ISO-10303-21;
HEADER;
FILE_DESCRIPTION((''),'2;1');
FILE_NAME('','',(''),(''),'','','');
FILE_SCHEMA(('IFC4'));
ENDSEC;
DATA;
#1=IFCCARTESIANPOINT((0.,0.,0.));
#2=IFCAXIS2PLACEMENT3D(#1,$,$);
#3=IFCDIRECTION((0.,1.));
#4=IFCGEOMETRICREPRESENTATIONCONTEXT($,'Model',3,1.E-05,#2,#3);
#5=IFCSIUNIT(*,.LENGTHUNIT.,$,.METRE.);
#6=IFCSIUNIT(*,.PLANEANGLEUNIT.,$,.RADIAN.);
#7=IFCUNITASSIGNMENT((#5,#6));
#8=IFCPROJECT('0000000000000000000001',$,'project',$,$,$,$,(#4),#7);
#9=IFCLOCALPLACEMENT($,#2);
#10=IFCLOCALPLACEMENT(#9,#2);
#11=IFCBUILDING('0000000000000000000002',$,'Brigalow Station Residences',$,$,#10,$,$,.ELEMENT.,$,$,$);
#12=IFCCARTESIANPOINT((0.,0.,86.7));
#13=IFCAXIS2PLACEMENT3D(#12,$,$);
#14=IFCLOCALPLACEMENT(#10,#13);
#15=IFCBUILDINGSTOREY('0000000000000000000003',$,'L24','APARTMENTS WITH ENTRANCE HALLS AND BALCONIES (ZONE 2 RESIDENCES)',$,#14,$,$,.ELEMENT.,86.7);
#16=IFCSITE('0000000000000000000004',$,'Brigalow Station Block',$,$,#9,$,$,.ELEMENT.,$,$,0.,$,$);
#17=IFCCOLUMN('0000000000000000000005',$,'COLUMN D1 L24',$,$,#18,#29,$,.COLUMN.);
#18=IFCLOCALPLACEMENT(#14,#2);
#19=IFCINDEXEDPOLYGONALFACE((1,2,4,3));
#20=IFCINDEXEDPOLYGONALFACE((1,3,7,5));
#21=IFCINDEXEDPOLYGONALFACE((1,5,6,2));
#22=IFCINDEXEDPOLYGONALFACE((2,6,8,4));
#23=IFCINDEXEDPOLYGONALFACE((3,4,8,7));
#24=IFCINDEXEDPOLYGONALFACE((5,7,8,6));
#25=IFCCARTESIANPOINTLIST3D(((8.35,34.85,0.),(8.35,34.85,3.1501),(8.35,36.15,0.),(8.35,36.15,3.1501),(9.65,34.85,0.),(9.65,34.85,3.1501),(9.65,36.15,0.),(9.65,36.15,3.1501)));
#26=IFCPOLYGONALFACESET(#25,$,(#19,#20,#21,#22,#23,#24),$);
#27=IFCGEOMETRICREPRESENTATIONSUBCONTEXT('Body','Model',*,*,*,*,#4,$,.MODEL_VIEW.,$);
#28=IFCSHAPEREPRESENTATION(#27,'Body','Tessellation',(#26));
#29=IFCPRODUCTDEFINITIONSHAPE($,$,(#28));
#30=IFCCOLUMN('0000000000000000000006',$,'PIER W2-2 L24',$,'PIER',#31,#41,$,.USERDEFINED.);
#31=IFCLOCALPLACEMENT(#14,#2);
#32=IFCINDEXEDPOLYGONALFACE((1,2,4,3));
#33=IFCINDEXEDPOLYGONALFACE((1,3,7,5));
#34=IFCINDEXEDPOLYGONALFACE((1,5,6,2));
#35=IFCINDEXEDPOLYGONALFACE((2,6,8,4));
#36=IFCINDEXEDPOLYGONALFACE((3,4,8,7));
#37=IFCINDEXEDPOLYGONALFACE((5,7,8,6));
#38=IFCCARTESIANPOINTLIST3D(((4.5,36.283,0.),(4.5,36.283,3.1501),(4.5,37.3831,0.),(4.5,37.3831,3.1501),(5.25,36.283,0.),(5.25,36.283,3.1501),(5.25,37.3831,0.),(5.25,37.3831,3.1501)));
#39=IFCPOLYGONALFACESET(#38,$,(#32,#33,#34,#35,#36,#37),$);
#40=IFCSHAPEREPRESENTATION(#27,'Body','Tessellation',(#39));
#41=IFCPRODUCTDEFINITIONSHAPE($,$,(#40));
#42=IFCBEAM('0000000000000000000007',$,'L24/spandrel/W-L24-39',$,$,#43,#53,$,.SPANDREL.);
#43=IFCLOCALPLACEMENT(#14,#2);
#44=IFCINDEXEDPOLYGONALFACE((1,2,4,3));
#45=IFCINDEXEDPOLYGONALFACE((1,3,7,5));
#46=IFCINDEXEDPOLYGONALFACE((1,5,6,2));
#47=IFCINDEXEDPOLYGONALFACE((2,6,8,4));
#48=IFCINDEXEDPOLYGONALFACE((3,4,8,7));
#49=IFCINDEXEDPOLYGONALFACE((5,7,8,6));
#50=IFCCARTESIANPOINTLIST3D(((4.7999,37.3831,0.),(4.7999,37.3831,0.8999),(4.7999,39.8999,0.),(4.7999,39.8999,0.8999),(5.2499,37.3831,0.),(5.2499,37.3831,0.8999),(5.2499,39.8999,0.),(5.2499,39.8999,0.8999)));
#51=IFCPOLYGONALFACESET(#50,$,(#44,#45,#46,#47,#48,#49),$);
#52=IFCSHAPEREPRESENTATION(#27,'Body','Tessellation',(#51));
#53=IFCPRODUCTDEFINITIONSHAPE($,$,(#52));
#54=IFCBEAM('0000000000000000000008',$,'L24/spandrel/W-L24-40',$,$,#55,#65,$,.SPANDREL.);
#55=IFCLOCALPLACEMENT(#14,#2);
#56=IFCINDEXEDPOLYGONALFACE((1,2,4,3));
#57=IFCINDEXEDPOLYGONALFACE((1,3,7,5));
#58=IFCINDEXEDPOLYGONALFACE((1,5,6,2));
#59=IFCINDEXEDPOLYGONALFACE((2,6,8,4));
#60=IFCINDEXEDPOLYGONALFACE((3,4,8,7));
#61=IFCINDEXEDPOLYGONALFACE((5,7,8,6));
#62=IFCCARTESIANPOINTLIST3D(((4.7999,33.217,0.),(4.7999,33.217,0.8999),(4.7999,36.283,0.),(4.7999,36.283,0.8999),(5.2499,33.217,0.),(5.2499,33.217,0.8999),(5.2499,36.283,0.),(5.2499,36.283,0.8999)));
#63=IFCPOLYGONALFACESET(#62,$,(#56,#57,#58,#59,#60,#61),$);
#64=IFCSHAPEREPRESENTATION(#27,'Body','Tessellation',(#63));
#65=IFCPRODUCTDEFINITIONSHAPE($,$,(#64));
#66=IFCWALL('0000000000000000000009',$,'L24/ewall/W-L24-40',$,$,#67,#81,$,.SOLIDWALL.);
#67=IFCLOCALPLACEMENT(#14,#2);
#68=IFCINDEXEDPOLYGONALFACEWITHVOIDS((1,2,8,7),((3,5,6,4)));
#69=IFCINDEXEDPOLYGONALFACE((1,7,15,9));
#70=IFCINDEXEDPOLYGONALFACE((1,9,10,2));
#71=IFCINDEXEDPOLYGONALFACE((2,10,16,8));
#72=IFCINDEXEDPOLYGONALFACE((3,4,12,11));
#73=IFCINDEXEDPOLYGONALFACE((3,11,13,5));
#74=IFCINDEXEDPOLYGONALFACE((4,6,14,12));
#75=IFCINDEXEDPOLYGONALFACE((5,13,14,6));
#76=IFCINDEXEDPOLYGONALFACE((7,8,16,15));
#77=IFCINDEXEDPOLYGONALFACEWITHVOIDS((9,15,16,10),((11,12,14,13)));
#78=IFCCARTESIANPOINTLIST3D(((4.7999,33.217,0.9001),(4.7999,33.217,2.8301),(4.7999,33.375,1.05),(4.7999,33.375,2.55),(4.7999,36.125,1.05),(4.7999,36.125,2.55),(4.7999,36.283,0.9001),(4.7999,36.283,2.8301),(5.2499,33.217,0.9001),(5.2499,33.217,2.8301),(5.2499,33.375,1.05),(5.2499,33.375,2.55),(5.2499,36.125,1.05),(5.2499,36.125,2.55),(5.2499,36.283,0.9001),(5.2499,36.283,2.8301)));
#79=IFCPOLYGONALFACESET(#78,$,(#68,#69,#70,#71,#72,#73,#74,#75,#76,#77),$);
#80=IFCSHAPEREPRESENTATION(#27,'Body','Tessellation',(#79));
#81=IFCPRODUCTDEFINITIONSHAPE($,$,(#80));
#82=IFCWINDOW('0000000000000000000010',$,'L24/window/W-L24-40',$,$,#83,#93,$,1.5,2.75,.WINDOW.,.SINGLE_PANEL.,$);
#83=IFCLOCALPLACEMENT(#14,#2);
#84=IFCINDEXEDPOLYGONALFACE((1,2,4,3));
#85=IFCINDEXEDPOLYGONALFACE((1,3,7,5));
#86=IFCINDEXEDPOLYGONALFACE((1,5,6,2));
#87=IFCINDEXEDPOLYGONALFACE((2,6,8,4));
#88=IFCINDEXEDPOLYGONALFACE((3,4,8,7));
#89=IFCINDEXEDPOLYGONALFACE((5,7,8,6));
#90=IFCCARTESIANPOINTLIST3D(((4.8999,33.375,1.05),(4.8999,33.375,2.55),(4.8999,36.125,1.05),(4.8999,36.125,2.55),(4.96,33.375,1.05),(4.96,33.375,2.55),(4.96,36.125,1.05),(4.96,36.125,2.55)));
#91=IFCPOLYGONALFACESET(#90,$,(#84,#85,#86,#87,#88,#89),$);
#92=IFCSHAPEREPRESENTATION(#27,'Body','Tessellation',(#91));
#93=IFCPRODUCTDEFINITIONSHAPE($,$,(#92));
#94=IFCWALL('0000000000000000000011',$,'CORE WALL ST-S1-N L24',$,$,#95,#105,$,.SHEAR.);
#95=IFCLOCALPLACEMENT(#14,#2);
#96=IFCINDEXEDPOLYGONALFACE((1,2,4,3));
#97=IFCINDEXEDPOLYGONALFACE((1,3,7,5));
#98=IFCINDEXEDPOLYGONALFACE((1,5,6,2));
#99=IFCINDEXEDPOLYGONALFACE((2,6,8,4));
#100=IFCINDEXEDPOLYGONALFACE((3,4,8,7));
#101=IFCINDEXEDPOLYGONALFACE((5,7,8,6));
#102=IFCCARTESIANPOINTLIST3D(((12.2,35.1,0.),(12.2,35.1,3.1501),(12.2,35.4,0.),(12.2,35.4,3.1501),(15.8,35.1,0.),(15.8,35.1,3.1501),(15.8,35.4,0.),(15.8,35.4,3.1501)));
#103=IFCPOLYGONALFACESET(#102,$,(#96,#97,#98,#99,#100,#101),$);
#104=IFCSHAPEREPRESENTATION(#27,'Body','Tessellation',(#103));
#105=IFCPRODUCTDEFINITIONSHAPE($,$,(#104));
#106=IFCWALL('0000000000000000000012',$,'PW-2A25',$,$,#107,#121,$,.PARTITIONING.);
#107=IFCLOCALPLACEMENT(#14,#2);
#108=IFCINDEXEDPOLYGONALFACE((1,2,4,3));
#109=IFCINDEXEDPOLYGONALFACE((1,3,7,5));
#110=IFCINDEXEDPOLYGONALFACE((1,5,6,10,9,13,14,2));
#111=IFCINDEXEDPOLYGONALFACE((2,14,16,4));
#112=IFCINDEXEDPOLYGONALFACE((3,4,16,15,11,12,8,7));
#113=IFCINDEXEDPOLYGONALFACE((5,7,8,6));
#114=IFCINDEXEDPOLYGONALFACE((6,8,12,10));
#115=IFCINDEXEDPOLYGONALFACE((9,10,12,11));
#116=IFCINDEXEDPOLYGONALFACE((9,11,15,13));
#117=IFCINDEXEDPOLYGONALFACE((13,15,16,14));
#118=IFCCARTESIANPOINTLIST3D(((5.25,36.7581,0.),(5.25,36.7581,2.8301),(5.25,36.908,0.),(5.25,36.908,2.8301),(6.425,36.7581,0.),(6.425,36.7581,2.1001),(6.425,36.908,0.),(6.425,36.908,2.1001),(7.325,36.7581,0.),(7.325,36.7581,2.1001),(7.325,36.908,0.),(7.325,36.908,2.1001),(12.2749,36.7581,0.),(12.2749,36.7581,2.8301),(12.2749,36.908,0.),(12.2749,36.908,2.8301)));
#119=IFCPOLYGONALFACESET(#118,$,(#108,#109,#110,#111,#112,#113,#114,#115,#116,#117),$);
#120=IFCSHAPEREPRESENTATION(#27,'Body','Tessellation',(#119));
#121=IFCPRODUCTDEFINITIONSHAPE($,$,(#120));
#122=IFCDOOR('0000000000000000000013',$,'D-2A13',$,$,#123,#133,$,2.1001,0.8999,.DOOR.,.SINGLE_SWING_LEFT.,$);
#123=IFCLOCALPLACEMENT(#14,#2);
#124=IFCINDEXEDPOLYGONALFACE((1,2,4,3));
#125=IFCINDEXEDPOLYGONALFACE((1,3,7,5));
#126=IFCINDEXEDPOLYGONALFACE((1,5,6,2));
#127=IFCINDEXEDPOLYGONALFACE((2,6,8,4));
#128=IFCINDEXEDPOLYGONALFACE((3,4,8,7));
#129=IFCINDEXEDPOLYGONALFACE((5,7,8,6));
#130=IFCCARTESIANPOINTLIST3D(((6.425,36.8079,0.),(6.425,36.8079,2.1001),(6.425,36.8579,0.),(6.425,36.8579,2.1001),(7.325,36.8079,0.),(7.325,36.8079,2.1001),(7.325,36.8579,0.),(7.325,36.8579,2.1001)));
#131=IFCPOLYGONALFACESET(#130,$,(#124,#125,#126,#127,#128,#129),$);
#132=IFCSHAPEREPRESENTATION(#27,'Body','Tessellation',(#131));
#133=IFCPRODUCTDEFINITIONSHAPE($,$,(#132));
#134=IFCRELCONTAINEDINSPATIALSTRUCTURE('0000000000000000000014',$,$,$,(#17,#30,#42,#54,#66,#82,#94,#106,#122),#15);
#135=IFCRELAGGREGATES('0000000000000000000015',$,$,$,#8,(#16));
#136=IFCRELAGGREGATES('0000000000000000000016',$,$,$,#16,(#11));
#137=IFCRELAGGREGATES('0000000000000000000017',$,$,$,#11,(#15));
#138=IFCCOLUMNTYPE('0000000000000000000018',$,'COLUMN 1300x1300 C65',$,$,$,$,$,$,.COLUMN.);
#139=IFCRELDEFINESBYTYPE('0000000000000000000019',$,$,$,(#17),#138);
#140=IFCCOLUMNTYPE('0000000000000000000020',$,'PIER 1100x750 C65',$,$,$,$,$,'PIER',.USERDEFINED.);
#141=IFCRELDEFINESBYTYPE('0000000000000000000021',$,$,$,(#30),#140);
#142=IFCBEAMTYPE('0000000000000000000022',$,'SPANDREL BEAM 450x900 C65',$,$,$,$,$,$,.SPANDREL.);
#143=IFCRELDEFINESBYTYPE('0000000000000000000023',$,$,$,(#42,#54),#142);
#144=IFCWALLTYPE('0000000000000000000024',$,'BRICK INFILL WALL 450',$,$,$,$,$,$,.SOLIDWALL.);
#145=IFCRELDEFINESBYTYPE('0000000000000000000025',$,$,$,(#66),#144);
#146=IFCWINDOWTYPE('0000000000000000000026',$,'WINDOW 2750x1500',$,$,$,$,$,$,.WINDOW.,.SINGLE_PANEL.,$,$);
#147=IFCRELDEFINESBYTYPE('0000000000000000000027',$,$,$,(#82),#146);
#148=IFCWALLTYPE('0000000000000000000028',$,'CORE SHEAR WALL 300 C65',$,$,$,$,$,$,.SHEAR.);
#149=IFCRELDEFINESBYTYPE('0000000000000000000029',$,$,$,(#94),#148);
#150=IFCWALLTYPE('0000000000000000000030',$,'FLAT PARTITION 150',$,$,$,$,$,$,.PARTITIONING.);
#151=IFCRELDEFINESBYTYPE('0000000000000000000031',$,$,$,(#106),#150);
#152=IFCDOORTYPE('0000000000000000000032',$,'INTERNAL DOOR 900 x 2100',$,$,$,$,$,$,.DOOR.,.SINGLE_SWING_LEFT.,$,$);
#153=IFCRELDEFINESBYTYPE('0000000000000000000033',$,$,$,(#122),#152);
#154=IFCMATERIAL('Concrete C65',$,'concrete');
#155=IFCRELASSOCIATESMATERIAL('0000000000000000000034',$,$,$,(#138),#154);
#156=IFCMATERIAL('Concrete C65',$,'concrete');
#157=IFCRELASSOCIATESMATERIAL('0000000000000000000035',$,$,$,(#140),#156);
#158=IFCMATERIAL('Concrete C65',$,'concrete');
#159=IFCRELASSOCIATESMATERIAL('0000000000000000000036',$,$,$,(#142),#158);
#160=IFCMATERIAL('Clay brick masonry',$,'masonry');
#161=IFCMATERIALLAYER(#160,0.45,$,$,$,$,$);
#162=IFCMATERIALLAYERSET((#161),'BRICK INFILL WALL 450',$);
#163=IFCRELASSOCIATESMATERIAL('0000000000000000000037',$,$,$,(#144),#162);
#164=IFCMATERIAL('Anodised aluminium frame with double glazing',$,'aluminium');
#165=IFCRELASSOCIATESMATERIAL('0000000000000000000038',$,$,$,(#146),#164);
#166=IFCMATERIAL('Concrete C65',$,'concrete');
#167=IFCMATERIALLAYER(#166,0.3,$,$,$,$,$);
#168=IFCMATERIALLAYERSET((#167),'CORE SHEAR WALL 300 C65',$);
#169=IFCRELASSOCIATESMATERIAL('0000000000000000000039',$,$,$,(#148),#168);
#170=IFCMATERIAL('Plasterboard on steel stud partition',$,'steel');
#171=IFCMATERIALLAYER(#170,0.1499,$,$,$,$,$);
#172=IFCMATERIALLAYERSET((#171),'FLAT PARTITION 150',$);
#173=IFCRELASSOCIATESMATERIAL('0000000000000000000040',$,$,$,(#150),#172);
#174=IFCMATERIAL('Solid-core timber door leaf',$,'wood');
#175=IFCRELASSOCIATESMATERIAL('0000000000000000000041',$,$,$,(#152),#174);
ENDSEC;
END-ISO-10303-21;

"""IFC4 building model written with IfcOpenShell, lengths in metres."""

from ifc_helpers import new_model, si_unit, direction, frame, frame_2d, origin, origin_2d, place, context, subcontext, project, spatial, rectangle, extrude, material, layer, layer_set, material_profile, profile_set, type_object, element, fill, save


model = new_model("IFC4")

# Units and contexts
model_context = context("Model", 3, precision=1e-05, world=origin(), true_north=direction((0.0, 1.0)))
body_context = subcontext(model_context, "Body", "Model", "MODEL_VIEW")
ifc_project = project(units=[si_unit("LENGTHUNIT", "METRE"), si_unit("PLANEANGLEUNIT", "RADIAN")], contexts=[model_context])

# Site, building, storey
site_placement = place(None, origin())
site = spatial("IfcSite", under=ifc_project, at=site_placement, Name="Brigalow Station Block", CompositionType="ELEMENT", RefElevation=0.0)
building_placement = place(site_placement, origin())
building = spatial("IfcBuilding", under=site, at=building_placement, Name="Brigalow Station Residences", CompositionType="ELEMENT")
storey_placement = place(building_placement, frame((0.0, 0.0, 86.7)))
storey = spatial("IfcBuildingStorey", under=building, at=storey_placement, Name="L24", Description="APARTMENTS WITH ENTRANCE HALLS AND BALCONIES (ZONE 2 RESIDENCES)", CompositionType="ELEMENT", Elevation=86.7)

# Columns
ifc_material_1 = material(Name="Concrete C65", Category="concrete")
ifc_material_profile_1 = material_profile(ifc_material_1, rectangle(XDim=1.3, YDim=1.3, at=origin_2d()), Name="RC1300x1300")
ifc_profile_set_1 = profile_set([ifc_material_profile_1], Name="Concrete C65")
column_type_1 = type_object("IfcColumnType", Name="COLUMN 1300x1300 C65", PredefinedType="COLUMN", material=ifc_profile_set_1)
column_1_placement = place(storey_placement, frame((9.0, 35.5, 0.0), z_axis=(0.0, 0.0, 1.0), x_axis=(1.0, 0.0, 0.0)))
element("IfcColumn", 1, at=column_1_placement, inside=storey, type_object=column_type_1, Name="COLUMN D1 L24", PredefinedType="COLUMN", context=body_context, shape_type="SweptSolid", body=[
    extrude(rectangle(XDim=1.3, YDim=1.3, at=origin_2d()), origin(), (0.0, 0.0, 1.0), 3.1501),
])
ifc_material_2 = material(Name="Concrete C65", Category="concrete")
ifc_material_profile_2 = material_profile(ifc_material_2, rectangle(XDim=1.1001, YDim=0.75, at=origin_2d()), Name="RC1100x750")
ifc_profile_set_2 = profile_set([ifc_material_profile_2], Name="Concrete C65")
column_type_2 = type_object("IfcColumnType", Name="PIER 1100x750 C65", ElementType="PIER", PredefinedType="USERDEFINED", material=ifc_profile_set_2)
column_2_placement = place(storey_placement, frame((4.875, 36.833, 0.0), z_axis=(0.0, 0.0, 1.0), x_axis=(0.0, -1.0, 0.0)))
element("IfcColumn", 2, at=column_2_placement, inside=storey, type_object=column_type_2, Name="PIER W2-2 L24", ObjectType="PIER", PredefinedType="USERDEFINED", context=body_context, shape_type="SweptSolid", body=[
    extrude(rectangle(XDim=1.1001, YDim=0.75, at=origin_2d()), origin(), (0.0, 0.0, 1.0), 3.1501),
])

# Beams
ifc_material_3 = material(Name="Concrete C65", Category="concrete")
ifc_material_profile_3 = material_profile(ifc_material_3, rectangle(XDim=0.45, YDim=0.8999, at=origin_2d()), Name="RC450x900")
ifc_profile_set_3 = profile_set([ifc_material_profile_3], Name="Concrete C65")
beam_type = type_object("IfcBeamType", Name="SPANDREL BEAM 450x900 C65", PredefinedType="SPANDREL", material=ifc_profile_set_3)
beam_1_placement = place(storey_placement, frame((5.0249, 39.8999, 0.45), z_axis=(0.0, -1.0, 0.0), x_axis=(1.0, 0.0, 0.0)))
element("IfcBeam", 3, at=beam_1_placement, inside=storey, type_object=beam_type, Name="L24/spandrel/W-L24-39", PredefinedType="SPANDREL", context=body_context, shape_type="SweptSolid", body=[
    extrude(rectangle(XDim=0.45, YDim=0.8999, at=origin_2d()), origin(), (0.0, 0.0, 1.0), 2.5168),
])
beam_2_placement = place(storey_placement, frame((5.0249, 36.283, 0.45), z_axis=(0.0, -1.0, 0.0), x_axis=(1.0, 0.0, 0.0)))
element("IfcBeam", 4, at=beam_2_placement, inside=storey, type_object=beam_type, Name="L24/spandrel/W-L24-40", PredefinedType="SPANDREL", context=body_context, shape_type="SweptSolid", body=[
    extrude(rectangle(XDim=0.45, YDim=0.8999, at=origin_2d()), origin(), (0.0, 0.0, 1.0), 3.0659),
])

# Wall, opening, window
ifc_material_4 = material(Name="Clay brick masonry", Category="masonry")
ifc_layer_1 = layer(ifc_material_4, 0.45)
ifc_layer_set_1 = layer_set([ifc_layer_1], Name="BRICK INFILL WALL 450")
wall_type_1 = type_object("IfcWallType", Name="BRICK INFILL WALL 450", PredefinedType="SOLIDWALL", material=ifc_layer_set_1)
wall_1_placement = place(storey_placement, frame((5.0249, 36.283, 0.9001), z_axis=(0.0, 0.0, 1.0), x_axis=(0.0, -1.0, 0.0)))
wall_1 = element("IfcWall", 5, at=wall_1_placement, inside=storey, type_object=wall_type_1, Name="L24/ewall/W-L24-40", PredefinedType="SOLIDWALL", context=body_context, shape_type="SweptSolid", body=[
    extrude(rectangle(XDim=3.0659, YDim=0.45, at=frame_2d((1.533, 0.0))), origin(), (0.0, 0.0, 1.0), 1.9299),
])
opening_1_placement = place(wall_1_placement, frame((0.158, 0.0, 0.1499)))
opening_1 = element("IfcOpeningElement", 6, at=opening_1_placement, cuts=wall_1, PredefinedType="OPENING", context=body_context, shape_type="SweptSolid", body=[
    extrude(rectangle(XDim=2.75, YDim=1.5, at=frame_2d((1.375, 0.75))), frame((0.0, 0.2349, 0.0), z_axis=(0.0, -1.0, 0.0), x_axis=(1.0, 0.0, 0.0)), (0.0, 0.0, 1.0), 0.47),
])
ifc_material_5 = material(Name="Anodised aluminium frame with double glazing", Category="aluminium")
window_type = type_object("IfcWindowType", Name="WINDOW 2750x1500", PartitioningType="SINGLE_PANEL", PredefinedType="WINDOW", material=ifc_material_5)
window_placement = place(opening_1_placement, origin())
window = element("IfcWindow", 7, at=window_placement, inside=storey, type_object=window_type, Name="L24/window/W-L24-40", OverallHeight=1.5, OverallWidth=2.75, PartitioningType="SINGLE_PANEL", PredefinedType="WINDOW", context=body_context, shape_type="SweptSolid", body=[
    extrude(rectangle(XDim=2.75, YDim=1.5, at=frame_2d((1.375, 0.75))), frame((0.0, -0.0649, 0.0), z_axis=(0.0, -1.0, 0.0), x_axis=(1.0, 0.0, 0.0)), (0.0, 0.0, 1.0), 0.0601),
])
fill(opening_1, window)

# Wall
ifc_material_6 = material(Name="Concrete C65", Category="concrete")
ifc_layer_2 = layer(ifc_material_6, 0.3)
ifc_layer_set_2 = layer_set([ifc_layer_2], Name="CORE SHEAR WALL 300 C65")
wall_type_2 = type_object("IfcWallType", Name="CORE SHEAR WALL 300 C65", PredefinedType="SHEAR", material=ifc_layer_set_2)
wall_2_placement = place(storey_placement, frame((12.2, 35.25, 0.0), z_axis=(0.0, 0.0, 1.0), x_axis=(1.0, 0.0, 0.0)))
element("IfcWall", 8, at=wall_2_placement, inside=storey, type_object=wall_type_2, Name="CORE WALL ST-S1-N L24", PredefinedType="SHEAR", context=body_context, shape_type="SweptSolid", body=[
    extrude(rectangle(XDim=3.6001, YDim=0.3, at=frame_2d((1.8, 0.0))), origin(), (0.0, 0.0, 1.0), 3.1501),
])

# Wall, opening, door
ifc_material_7 = material(Name="Plasterboard on steel stud partition", Category="steel")
ifc_layer_3 = layer(ifc_material_7, 0.1499)
ifc_layer_set_3 = layer_set([ifc_layer_3], Name="FLAT PARTITION 150")
wall_type_3 = type_object("IfcWallType", Name="FLAT PARTITION 150", PredefinedType="PARTITIONING", material=ifc_layer_set_3)
wall_3_placement = place(storey_placement, frame((5.25, 36.833, 0.0), z_axis=(0.0, 0.0, 1.0), x_axis=(1.0, 0.0, 0.0)))
wall_3 = element("IfcWall", 9, at=wall_3_placement, inside=storey, type_object=wall_type_3, Name="PW-2A25", PredefinedType="PARTITIONING", context=body_context, shape_type="SweptSolid", body=[
    extrude(rectangle(XDim=7.0249, YDim=0.1499, at=frame_2d((3.5125, 0.0))), origin(), (0.0, 0.0, 1.0), 2.8301),
])
opening_2_placement = place(wall_3_placement, frame((1.175, 0.0, 0.0)))
opening_2 = element("IfcOpeningElement", 10, at=opening_2_placement, cuts=wall_3, PredefinedType="OPENING", context=body_context, shape_type="SweptSolid", body=[
    extrude(rectangle(XDim=0.8999, YDim=2.1001, at=frame_2d((0.45, 1.05))), frame((0.0, 0.085, 0.0), z_axis=(0.0, -1.0, 0.0), x_axis=(1.0, 0.0, 0.0)), (0.0, 0.0, 1.0), 0.1699),
])
ifc_material_8 = material(Name="Solid-core timber door leaf", Category="wood")
door_type = type_object("IfcDoorType", Name="INTERNAL DOOR 900 x 2100", OperationType="SINGLE_SWING_LEFT", PredefinedType="DOOR", material=ifc_material_8)
door_1_placement = place(opening_2_placement, origin())
door_1 = element("IfcDoor", 11, at=door_1_placement, inside=storey, type_object=door_type, Name="D-2A13", OperationType="SINGLE_SWING_LEFT", OverallHeight=2.1001, OverallWidth=0.8999, PredefinedType="DOOR", context=body_context, shape_type="SweptSolid", body=[
    extrude(rectangle(XDim=0.8999, YDim=2.1001, at=frame_2d((0.45, 1.05))), frame((0.0, 0.0249, 0.0), z_axis=(0.0, -1.0, 0.0), x_axis=(1.0, 0.0, 0.0)), (0.0, 0.0, 1.0), 0.05),
])
fill(opening_2, door_1)

save(model, "model.ifc")
